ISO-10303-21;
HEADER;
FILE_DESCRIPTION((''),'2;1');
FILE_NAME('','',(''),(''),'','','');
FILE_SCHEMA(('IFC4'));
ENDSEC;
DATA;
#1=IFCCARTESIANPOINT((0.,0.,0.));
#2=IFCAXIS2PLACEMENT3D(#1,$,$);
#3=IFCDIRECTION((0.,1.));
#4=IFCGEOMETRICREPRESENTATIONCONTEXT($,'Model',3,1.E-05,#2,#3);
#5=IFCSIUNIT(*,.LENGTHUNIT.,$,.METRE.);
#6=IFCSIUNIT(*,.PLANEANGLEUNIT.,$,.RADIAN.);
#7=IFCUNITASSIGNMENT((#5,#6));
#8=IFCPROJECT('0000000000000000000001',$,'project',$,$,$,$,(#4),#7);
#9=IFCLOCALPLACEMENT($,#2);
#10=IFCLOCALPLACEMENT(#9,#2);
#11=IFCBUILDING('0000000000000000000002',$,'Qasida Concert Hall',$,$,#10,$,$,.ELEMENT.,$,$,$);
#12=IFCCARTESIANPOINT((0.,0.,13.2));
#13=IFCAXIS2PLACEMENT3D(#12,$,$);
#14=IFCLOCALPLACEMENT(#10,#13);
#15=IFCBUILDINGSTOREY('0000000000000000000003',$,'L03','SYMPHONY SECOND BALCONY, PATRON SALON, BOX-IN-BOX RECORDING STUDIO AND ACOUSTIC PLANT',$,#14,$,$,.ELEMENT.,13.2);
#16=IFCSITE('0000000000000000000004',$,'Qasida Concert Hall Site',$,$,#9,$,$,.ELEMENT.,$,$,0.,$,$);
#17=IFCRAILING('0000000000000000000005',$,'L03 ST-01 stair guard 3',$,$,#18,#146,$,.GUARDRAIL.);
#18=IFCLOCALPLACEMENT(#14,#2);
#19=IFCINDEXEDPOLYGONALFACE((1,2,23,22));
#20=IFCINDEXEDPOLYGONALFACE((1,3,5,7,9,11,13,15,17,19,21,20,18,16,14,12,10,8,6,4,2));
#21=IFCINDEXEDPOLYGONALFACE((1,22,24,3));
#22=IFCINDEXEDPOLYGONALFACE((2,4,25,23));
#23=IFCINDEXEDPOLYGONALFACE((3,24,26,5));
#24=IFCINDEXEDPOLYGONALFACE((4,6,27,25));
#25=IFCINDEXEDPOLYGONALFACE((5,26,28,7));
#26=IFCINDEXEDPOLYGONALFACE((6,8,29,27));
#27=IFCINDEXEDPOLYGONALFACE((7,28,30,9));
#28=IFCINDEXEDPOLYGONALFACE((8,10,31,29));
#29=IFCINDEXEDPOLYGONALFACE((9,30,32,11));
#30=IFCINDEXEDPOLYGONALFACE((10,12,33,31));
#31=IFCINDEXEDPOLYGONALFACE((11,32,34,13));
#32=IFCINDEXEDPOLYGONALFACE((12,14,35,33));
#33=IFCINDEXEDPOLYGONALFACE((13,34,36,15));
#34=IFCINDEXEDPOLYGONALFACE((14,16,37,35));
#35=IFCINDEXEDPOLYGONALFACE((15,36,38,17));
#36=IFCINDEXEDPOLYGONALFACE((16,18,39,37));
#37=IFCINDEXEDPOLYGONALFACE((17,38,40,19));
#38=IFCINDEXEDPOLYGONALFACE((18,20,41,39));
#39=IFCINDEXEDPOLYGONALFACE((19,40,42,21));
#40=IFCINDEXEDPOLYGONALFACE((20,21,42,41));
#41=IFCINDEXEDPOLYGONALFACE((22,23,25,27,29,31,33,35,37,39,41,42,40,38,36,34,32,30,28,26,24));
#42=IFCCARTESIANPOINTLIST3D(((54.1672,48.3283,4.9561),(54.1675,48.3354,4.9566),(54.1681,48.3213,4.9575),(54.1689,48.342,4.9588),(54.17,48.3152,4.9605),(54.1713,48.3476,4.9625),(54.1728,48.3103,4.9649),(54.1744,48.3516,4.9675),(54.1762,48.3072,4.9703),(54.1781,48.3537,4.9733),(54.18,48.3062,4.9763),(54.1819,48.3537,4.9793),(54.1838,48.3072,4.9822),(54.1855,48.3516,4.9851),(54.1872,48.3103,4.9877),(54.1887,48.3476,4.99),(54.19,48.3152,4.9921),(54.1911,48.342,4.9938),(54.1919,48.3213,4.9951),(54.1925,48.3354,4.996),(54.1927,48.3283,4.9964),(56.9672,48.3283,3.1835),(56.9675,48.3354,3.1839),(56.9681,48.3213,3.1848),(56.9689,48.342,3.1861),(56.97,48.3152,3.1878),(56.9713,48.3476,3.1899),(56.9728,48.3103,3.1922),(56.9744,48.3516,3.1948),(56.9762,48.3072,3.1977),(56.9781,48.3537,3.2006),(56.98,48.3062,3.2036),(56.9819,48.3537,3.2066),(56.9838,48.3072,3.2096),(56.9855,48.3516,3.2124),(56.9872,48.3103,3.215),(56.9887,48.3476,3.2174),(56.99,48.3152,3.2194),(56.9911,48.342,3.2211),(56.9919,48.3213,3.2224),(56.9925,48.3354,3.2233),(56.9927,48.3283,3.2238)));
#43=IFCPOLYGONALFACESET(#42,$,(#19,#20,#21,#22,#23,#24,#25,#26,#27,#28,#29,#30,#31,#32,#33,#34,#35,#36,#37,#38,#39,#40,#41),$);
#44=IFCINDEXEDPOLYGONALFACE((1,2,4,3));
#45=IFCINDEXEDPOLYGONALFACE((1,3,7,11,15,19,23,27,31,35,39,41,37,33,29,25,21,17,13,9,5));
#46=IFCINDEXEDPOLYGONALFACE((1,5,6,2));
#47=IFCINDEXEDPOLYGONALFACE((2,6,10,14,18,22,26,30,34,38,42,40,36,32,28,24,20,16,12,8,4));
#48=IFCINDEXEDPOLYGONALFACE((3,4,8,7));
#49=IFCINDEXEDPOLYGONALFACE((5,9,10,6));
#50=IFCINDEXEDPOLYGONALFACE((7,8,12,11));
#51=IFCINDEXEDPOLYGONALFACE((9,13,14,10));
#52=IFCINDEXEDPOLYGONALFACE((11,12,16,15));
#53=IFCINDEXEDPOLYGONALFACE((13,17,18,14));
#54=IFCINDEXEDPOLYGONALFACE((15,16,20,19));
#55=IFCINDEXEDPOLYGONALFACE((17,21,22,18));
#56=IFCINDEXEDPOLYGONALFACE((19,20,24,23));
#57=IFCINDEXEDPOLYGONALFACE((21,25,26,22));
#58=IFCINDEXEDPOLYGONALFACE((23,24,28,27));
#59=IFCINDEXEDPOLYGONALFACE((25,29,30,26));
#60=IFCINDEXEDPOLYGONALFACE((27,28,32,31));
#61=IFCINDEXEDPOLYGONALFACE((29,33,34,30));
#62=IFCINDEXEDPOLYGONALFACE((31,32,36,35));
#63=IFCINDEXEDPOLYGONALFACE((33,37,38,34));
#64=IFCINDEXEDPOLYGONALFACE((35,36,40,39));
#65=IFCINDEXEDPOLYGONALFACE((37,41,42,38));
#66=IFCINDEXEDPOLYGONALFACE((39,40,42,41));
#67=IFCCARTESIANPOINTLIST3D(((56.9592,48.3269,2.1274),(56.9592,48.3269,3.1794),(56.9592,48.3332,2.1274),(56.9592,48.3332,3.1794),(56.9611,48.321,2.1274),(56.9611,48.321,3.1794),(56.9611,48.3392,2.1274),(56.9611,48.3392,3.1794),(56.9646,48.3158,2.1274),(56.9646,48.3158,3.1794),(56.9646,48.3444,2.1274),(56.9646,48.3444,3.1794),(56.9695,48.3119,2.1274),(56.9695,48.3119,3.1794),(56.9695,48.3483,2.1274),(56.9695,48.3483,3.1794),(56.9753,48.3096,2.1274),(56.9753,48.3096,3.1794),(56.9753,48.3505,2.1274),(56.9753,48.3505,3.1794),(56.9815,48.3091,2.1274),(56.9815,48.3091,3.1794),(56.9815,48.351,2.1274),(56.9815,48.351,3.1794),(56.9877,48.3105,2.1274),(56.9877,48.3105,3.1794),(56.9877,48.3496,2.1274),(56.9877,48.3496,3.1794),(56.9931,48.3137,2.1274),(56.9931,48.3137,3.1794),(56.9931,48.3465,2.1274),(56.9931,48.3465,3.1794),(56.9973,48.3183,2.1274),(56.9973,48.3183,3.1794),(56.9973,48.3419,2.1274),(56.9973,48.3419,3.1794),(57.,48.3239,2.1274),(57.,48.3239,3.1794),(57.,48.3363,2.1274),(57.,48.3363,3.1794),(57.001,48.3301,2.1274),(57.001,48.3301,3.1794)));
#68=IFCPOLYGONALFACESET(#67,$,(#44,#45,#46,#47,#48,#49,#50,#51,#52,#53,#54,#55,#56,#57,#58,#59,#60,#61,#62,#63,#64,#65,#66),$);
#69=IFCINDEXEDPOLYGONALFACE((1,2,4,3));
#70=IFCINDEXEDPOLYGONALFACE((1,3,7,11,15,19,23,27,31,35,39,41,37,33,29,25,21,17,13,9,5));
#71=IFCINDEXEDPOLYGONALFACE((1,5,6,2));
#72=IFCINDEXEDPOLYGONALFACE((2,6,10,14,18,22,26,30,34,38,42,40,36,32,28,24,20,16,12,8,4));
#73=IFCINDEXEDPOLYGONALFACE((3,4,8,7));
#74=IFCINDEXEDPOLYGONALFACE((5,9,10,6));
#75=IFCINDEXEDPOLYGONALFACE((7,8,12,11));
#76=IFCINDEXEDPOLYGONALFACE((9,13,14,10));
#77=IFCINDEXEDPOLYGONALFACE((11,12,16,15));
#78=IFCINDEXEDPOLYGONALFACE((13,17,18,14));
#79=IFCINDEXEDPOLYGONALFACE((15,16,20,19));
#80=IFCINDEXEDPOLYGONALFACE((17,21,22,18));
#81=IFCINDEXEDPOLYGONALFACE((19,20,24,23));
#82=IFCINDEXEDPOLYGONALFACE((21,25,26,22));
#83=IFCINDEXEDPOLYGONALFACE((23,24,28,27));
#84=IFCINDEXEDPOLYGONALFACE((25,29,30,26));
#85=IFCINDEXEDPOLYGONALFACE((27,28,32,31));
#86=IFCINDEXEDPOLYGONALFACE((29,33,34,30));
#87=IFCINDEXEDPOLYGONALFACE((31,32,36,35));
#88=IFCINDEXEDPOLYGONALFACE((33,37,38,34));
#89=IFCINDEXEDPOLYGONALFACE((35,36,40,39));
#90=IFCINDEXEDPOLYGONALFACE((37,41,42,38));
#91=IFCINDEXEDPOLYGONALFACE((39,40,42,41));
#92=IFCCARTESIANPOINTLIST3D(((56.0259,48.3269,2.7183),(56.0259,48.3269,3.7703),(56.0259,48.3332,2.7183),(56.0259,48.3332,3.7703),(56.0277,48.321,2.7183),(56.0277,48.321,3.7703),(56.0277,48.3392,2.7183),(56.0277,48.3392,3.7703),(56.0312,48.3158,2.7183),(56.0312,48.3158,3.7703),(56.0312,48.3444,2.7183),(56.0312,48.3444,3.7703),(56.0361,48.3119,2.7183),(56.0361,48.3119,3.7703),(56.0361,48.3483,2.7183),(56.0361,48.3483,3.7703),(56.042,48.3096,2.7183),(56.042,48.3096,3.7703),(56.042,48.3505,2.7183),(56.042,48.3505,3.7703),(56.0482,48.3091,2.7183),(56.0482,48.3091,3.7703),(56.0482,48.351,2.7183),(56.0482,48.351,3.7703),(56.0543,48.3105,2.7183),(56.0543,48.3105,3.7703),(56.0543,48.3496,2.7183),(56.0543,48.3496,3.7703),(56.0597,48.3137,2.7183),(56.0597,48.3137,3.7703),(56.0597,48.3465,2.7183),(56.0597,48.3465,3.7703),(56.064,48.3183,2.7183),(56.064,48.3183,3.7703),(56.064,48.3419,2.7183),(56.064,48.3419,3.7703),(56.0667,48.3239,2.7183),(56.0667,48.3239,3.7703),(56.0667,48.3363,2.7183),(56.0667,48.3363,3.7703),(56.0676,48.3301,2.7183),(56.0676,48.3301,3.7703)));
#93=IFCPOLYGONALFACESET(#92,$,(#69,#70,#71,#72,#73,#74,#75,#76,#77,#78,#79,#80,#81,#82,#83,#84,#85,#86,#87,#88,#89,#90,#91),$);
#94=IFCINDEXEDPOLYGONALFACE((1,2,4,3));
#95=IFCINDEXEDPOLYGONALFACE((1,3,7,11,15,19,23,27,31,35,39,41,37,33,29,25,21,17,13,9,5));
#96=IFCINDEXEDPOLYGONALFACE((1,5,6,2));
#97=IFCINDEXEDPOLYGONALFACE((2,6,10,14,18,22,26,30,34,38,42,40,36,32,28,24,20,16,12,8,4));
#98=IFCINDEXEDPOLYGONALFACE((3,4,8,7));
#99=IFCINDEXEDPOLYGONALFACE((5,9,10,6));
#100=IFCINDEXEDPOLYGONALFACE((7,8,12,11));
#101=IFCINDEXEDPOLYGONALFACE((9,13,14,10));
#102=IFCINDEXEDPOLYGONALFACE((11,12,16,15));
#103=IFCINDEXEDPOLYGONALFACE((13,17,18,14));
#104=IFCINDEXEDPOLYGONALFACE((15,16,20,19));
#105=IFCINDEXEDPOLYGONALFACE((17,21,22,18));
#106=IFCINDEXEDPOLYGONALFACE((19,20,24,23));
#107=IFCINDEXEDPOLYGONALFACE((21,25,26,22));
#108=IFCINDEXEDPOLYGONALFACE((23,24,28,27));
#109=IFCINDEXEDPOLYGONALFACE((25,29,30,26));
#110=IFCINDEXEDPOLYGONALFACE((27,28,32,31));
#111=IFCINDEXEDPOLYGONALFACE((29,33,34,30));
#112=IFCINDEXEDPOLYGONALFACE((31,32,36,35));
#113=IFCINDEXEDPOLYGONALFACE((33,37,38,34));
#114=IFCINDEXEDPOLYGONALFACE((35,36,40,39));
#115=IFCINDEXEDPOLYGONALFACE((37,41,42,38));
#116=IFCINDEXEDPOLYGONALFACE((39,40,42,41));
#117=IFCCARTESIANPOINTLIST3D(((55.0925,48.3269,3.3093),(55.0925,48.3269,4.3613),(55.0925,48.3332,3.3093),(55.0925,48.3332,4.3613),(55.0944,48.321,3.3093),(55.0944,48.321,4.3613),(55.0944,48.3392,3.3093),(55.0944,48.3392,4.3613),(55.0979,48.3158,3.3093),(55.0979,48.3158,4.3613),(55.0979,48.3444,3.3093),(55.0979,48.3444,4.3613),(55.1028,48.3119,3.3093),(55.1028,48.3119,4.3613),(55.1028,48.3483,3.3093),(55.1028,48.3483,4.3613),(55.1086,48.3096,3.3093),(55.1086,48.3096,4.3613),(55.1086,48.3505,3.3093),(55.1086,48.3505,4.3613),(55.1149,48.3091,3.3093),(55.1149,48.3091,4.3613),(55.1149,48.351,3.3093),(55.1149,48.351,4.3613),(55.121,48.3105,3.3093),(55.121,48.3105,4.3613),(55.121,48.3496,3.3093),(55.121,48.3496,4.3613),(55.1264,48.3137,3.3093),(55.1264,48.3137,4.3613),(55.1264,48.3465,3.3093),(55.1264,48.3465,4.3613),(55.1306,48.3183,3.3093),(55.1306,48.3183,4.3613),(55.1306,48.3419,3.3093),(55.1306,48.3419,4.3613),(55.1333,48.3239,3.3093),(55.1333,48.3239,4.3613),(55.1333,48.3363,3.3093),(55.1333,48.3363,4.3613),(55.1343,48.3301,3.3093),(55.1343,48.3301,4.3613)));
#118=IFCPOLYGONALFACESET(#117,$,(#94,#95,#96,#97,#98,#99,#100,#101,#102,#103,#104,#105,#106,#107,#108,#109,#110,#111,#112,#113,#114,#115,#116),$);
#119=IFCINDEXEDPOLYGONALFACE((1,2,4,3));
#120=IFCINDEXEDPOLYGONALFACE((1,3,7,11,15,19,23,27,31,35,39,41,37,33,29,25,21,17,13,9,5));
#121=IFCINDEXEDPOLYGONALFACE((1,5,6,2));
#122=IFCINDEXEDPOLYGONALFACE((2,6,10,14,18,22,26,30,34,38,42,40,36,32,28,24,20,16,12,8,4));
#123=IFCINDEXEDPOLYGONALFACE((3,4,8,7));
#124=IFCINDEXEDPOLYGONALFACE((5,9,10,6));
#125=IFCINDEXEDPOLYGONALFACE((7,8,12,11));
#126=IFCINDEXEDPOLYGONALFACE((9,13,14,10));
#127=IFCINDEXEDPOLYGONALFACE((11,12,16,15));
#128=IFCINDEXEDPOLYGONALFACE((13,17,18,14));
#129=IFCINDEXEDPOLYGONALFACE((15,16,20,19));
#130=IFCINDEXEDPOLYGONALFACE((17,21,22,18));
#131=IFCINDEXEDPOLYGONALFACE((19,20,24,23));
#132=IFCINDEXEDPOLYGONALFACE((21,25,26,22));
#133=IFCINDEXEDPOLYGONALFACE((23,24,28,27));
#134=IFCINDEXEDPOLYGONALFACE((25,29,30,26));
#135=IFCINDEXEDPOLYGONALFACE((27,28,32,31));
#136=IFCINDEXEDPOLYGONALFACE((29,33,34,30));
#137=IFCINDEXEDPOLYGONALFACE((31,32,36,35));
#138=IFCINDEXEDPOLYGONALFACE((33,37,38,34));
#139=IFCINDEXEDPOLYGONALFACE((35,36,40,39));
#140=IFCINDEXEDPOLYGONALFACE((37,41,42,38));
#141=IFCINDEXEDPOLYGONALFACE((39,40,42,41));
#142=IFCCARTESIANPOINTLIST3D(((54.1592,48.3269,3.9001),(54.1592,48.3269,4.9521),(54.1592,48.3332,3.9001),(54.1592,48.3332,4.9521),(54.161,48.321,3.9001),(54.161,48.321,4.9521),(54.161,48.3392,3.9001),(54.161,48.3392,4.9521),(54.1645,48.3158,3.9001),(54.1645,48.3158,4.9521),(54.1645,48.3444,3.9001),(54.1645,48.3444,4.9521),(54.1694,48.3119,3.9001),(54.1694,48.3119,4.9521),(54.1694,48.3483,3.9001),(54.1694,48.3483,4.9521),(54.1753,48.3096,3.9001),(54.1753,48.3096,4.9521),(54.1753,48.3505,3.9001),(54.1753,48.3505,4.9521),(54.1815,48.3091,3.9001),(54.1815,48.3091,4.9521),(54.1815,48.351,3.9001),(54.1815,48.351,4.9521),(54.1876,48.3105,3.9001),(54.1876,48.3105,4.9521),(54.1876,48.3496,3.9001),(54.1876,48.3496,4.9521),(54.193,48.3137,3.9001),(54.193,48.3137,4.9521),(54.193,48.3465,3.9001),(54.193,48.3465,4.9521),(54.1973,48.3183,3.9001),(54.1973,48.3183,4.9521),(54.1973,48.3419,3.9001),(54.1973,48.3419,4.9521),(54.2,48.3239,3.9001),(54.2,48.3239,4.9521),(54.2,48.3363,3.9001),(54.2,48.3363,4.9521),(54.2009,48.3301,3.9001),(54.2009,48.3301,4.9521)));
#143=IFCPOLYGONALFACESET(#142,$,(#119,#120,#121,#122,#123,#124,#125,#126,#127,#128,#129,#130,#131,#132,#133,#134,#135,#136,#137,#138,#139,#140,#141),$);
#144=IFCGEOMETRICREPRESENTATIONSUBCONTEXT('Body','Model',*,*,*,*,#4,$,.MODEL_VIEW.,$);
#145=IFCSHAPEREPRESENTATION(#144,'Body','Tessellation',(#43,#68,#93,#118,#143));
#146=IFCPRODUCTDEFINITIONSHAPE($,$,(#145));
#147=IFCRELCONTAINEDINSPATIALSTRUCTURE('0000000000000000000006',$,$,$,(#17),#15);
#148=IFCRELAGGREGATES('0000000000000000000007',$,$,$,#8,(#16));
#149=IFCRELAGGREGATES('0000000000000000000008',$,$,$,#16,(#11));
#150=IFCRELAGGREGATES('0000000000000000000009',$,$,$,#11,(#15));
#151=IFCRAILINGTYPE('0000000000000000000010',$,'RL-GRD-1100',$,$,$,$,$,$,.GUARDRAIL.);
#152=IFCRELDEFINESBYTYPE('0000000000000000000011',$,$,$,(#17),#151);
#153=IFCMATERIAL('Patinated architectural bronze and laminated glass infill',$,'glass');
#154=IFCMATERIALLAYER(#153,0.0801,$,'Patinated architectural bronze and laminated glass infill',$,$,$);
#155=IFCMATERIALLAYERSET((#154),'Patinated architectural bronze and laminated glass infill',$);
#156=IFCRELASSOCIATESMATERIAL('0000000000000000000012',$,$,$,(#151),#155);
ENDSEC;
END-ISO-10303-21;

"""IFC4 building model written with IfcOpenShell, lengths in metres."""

from ifc_helpers import new_model, si_unit, direction, frame, origin, origin_2d, place, context, subcontext, project, spatial, circle, extrude, material, layer, layer_set, type_object, element, save


model = new_model("IFC4")

# Units and contexts
model_context = context("Model", 3, precision=1e-05, world=origin(), true_north=direction((0.0, 1.0)))
body_context = subcontext(model_context, "Body", "Model", "MODEL_VIEW")
ifc_project = project(units=[si_unit("LENGTHUNIT", "METRE"), si_unit("PLANEANGLEUNIT", "RADIAN")], contexts=[model_context])

# Site, building, storey
site_placement = place(None, origin())
site = spatial("IfcSite", under=ifc_project, at=site_placement, Name="Qasida Concert Hall Site", CompositionType="ELEMENT", RefElevation=0.0)
building_placement = place(site_placement, origin())
building = spatial("IfcBuilding", under=site, at=building_placement, Name="Qasida Concert Hall", CompositionType="ELEMENT")
storey_placement = place(building_placement, frame((0.0, 0.0, 13.2)))
storey = spatial("IfcBuildingStorey", under=building, at=storey_placement, Name="L03", Description="SYMPHONY SECOND BALCONY, PATRON SALON, BOX-IN-BOX RECORDING STUDIO AND ACOUSTIC PLANT", CompositionType="ELEMENT", Elevation=13.2)

# Railing
ifc_material_1 = material(Name="Patinated architectural bronze and laminated glass infill", Category="glass")
ifc_layer_1 = layer(ifc_material_1, 0.0801, Name="Patinated architectural bronze and laminated glass infill")
ifc_layer_set_1 = layer_set([ifc_layer_1], Name="Patinated architectural bronze and laminated glass infill")
railing_type_1 = type_object("IfcRailingType", Name="RL-GRD-1100", PredefinedType="GUARDRAIL", material=ifc_layer_set_1)
railing_1_placement = place(storey_placement, frame((56.98, 48.3301, 2.1274)))
element("IfcRailing", 1, at=railing_1_placement, inside=storey, type_object=railing_type_1, Name="L03 ST-01 stair guard 3", PredefinedType="GUARDRAIL", context=body_context, shape_type="SweptSolid", body=[
    extrude(circle(Radius=0.0239, at=origin_2d()), frame((0.0, 0.0, 1.0762), z_axis=(-0.844909, 0.0, 0.53491), x_axis=(0.0, -1.0, 0.0)), (0.0, 0.0, 1.0), 3.314),
    extrude(circle(Radius=0.021, at=origin_2d()), origin(), (0.0, 0.0, 1.0), 1.052),
    extrude(circle(Radius=0.021, at=origin_2d()), frame((-0.9333, 0.0, 0.5908)), (0.0, 0.0, 1.0), 1.052),
    extrude(circle(Radius=0.021, at=origin_2d()), frame((-1.8667, 0.0, 1.1819)), (0.0, 0.0, 1.0), 1.052),
    extrude(circle(Radius=0.021, at=origin_2d()), frame((-2.8, 0.0, 1.7727)), (0.0, 0.0, 1.0), 1.052),
])

save(model, "model.ifc")
